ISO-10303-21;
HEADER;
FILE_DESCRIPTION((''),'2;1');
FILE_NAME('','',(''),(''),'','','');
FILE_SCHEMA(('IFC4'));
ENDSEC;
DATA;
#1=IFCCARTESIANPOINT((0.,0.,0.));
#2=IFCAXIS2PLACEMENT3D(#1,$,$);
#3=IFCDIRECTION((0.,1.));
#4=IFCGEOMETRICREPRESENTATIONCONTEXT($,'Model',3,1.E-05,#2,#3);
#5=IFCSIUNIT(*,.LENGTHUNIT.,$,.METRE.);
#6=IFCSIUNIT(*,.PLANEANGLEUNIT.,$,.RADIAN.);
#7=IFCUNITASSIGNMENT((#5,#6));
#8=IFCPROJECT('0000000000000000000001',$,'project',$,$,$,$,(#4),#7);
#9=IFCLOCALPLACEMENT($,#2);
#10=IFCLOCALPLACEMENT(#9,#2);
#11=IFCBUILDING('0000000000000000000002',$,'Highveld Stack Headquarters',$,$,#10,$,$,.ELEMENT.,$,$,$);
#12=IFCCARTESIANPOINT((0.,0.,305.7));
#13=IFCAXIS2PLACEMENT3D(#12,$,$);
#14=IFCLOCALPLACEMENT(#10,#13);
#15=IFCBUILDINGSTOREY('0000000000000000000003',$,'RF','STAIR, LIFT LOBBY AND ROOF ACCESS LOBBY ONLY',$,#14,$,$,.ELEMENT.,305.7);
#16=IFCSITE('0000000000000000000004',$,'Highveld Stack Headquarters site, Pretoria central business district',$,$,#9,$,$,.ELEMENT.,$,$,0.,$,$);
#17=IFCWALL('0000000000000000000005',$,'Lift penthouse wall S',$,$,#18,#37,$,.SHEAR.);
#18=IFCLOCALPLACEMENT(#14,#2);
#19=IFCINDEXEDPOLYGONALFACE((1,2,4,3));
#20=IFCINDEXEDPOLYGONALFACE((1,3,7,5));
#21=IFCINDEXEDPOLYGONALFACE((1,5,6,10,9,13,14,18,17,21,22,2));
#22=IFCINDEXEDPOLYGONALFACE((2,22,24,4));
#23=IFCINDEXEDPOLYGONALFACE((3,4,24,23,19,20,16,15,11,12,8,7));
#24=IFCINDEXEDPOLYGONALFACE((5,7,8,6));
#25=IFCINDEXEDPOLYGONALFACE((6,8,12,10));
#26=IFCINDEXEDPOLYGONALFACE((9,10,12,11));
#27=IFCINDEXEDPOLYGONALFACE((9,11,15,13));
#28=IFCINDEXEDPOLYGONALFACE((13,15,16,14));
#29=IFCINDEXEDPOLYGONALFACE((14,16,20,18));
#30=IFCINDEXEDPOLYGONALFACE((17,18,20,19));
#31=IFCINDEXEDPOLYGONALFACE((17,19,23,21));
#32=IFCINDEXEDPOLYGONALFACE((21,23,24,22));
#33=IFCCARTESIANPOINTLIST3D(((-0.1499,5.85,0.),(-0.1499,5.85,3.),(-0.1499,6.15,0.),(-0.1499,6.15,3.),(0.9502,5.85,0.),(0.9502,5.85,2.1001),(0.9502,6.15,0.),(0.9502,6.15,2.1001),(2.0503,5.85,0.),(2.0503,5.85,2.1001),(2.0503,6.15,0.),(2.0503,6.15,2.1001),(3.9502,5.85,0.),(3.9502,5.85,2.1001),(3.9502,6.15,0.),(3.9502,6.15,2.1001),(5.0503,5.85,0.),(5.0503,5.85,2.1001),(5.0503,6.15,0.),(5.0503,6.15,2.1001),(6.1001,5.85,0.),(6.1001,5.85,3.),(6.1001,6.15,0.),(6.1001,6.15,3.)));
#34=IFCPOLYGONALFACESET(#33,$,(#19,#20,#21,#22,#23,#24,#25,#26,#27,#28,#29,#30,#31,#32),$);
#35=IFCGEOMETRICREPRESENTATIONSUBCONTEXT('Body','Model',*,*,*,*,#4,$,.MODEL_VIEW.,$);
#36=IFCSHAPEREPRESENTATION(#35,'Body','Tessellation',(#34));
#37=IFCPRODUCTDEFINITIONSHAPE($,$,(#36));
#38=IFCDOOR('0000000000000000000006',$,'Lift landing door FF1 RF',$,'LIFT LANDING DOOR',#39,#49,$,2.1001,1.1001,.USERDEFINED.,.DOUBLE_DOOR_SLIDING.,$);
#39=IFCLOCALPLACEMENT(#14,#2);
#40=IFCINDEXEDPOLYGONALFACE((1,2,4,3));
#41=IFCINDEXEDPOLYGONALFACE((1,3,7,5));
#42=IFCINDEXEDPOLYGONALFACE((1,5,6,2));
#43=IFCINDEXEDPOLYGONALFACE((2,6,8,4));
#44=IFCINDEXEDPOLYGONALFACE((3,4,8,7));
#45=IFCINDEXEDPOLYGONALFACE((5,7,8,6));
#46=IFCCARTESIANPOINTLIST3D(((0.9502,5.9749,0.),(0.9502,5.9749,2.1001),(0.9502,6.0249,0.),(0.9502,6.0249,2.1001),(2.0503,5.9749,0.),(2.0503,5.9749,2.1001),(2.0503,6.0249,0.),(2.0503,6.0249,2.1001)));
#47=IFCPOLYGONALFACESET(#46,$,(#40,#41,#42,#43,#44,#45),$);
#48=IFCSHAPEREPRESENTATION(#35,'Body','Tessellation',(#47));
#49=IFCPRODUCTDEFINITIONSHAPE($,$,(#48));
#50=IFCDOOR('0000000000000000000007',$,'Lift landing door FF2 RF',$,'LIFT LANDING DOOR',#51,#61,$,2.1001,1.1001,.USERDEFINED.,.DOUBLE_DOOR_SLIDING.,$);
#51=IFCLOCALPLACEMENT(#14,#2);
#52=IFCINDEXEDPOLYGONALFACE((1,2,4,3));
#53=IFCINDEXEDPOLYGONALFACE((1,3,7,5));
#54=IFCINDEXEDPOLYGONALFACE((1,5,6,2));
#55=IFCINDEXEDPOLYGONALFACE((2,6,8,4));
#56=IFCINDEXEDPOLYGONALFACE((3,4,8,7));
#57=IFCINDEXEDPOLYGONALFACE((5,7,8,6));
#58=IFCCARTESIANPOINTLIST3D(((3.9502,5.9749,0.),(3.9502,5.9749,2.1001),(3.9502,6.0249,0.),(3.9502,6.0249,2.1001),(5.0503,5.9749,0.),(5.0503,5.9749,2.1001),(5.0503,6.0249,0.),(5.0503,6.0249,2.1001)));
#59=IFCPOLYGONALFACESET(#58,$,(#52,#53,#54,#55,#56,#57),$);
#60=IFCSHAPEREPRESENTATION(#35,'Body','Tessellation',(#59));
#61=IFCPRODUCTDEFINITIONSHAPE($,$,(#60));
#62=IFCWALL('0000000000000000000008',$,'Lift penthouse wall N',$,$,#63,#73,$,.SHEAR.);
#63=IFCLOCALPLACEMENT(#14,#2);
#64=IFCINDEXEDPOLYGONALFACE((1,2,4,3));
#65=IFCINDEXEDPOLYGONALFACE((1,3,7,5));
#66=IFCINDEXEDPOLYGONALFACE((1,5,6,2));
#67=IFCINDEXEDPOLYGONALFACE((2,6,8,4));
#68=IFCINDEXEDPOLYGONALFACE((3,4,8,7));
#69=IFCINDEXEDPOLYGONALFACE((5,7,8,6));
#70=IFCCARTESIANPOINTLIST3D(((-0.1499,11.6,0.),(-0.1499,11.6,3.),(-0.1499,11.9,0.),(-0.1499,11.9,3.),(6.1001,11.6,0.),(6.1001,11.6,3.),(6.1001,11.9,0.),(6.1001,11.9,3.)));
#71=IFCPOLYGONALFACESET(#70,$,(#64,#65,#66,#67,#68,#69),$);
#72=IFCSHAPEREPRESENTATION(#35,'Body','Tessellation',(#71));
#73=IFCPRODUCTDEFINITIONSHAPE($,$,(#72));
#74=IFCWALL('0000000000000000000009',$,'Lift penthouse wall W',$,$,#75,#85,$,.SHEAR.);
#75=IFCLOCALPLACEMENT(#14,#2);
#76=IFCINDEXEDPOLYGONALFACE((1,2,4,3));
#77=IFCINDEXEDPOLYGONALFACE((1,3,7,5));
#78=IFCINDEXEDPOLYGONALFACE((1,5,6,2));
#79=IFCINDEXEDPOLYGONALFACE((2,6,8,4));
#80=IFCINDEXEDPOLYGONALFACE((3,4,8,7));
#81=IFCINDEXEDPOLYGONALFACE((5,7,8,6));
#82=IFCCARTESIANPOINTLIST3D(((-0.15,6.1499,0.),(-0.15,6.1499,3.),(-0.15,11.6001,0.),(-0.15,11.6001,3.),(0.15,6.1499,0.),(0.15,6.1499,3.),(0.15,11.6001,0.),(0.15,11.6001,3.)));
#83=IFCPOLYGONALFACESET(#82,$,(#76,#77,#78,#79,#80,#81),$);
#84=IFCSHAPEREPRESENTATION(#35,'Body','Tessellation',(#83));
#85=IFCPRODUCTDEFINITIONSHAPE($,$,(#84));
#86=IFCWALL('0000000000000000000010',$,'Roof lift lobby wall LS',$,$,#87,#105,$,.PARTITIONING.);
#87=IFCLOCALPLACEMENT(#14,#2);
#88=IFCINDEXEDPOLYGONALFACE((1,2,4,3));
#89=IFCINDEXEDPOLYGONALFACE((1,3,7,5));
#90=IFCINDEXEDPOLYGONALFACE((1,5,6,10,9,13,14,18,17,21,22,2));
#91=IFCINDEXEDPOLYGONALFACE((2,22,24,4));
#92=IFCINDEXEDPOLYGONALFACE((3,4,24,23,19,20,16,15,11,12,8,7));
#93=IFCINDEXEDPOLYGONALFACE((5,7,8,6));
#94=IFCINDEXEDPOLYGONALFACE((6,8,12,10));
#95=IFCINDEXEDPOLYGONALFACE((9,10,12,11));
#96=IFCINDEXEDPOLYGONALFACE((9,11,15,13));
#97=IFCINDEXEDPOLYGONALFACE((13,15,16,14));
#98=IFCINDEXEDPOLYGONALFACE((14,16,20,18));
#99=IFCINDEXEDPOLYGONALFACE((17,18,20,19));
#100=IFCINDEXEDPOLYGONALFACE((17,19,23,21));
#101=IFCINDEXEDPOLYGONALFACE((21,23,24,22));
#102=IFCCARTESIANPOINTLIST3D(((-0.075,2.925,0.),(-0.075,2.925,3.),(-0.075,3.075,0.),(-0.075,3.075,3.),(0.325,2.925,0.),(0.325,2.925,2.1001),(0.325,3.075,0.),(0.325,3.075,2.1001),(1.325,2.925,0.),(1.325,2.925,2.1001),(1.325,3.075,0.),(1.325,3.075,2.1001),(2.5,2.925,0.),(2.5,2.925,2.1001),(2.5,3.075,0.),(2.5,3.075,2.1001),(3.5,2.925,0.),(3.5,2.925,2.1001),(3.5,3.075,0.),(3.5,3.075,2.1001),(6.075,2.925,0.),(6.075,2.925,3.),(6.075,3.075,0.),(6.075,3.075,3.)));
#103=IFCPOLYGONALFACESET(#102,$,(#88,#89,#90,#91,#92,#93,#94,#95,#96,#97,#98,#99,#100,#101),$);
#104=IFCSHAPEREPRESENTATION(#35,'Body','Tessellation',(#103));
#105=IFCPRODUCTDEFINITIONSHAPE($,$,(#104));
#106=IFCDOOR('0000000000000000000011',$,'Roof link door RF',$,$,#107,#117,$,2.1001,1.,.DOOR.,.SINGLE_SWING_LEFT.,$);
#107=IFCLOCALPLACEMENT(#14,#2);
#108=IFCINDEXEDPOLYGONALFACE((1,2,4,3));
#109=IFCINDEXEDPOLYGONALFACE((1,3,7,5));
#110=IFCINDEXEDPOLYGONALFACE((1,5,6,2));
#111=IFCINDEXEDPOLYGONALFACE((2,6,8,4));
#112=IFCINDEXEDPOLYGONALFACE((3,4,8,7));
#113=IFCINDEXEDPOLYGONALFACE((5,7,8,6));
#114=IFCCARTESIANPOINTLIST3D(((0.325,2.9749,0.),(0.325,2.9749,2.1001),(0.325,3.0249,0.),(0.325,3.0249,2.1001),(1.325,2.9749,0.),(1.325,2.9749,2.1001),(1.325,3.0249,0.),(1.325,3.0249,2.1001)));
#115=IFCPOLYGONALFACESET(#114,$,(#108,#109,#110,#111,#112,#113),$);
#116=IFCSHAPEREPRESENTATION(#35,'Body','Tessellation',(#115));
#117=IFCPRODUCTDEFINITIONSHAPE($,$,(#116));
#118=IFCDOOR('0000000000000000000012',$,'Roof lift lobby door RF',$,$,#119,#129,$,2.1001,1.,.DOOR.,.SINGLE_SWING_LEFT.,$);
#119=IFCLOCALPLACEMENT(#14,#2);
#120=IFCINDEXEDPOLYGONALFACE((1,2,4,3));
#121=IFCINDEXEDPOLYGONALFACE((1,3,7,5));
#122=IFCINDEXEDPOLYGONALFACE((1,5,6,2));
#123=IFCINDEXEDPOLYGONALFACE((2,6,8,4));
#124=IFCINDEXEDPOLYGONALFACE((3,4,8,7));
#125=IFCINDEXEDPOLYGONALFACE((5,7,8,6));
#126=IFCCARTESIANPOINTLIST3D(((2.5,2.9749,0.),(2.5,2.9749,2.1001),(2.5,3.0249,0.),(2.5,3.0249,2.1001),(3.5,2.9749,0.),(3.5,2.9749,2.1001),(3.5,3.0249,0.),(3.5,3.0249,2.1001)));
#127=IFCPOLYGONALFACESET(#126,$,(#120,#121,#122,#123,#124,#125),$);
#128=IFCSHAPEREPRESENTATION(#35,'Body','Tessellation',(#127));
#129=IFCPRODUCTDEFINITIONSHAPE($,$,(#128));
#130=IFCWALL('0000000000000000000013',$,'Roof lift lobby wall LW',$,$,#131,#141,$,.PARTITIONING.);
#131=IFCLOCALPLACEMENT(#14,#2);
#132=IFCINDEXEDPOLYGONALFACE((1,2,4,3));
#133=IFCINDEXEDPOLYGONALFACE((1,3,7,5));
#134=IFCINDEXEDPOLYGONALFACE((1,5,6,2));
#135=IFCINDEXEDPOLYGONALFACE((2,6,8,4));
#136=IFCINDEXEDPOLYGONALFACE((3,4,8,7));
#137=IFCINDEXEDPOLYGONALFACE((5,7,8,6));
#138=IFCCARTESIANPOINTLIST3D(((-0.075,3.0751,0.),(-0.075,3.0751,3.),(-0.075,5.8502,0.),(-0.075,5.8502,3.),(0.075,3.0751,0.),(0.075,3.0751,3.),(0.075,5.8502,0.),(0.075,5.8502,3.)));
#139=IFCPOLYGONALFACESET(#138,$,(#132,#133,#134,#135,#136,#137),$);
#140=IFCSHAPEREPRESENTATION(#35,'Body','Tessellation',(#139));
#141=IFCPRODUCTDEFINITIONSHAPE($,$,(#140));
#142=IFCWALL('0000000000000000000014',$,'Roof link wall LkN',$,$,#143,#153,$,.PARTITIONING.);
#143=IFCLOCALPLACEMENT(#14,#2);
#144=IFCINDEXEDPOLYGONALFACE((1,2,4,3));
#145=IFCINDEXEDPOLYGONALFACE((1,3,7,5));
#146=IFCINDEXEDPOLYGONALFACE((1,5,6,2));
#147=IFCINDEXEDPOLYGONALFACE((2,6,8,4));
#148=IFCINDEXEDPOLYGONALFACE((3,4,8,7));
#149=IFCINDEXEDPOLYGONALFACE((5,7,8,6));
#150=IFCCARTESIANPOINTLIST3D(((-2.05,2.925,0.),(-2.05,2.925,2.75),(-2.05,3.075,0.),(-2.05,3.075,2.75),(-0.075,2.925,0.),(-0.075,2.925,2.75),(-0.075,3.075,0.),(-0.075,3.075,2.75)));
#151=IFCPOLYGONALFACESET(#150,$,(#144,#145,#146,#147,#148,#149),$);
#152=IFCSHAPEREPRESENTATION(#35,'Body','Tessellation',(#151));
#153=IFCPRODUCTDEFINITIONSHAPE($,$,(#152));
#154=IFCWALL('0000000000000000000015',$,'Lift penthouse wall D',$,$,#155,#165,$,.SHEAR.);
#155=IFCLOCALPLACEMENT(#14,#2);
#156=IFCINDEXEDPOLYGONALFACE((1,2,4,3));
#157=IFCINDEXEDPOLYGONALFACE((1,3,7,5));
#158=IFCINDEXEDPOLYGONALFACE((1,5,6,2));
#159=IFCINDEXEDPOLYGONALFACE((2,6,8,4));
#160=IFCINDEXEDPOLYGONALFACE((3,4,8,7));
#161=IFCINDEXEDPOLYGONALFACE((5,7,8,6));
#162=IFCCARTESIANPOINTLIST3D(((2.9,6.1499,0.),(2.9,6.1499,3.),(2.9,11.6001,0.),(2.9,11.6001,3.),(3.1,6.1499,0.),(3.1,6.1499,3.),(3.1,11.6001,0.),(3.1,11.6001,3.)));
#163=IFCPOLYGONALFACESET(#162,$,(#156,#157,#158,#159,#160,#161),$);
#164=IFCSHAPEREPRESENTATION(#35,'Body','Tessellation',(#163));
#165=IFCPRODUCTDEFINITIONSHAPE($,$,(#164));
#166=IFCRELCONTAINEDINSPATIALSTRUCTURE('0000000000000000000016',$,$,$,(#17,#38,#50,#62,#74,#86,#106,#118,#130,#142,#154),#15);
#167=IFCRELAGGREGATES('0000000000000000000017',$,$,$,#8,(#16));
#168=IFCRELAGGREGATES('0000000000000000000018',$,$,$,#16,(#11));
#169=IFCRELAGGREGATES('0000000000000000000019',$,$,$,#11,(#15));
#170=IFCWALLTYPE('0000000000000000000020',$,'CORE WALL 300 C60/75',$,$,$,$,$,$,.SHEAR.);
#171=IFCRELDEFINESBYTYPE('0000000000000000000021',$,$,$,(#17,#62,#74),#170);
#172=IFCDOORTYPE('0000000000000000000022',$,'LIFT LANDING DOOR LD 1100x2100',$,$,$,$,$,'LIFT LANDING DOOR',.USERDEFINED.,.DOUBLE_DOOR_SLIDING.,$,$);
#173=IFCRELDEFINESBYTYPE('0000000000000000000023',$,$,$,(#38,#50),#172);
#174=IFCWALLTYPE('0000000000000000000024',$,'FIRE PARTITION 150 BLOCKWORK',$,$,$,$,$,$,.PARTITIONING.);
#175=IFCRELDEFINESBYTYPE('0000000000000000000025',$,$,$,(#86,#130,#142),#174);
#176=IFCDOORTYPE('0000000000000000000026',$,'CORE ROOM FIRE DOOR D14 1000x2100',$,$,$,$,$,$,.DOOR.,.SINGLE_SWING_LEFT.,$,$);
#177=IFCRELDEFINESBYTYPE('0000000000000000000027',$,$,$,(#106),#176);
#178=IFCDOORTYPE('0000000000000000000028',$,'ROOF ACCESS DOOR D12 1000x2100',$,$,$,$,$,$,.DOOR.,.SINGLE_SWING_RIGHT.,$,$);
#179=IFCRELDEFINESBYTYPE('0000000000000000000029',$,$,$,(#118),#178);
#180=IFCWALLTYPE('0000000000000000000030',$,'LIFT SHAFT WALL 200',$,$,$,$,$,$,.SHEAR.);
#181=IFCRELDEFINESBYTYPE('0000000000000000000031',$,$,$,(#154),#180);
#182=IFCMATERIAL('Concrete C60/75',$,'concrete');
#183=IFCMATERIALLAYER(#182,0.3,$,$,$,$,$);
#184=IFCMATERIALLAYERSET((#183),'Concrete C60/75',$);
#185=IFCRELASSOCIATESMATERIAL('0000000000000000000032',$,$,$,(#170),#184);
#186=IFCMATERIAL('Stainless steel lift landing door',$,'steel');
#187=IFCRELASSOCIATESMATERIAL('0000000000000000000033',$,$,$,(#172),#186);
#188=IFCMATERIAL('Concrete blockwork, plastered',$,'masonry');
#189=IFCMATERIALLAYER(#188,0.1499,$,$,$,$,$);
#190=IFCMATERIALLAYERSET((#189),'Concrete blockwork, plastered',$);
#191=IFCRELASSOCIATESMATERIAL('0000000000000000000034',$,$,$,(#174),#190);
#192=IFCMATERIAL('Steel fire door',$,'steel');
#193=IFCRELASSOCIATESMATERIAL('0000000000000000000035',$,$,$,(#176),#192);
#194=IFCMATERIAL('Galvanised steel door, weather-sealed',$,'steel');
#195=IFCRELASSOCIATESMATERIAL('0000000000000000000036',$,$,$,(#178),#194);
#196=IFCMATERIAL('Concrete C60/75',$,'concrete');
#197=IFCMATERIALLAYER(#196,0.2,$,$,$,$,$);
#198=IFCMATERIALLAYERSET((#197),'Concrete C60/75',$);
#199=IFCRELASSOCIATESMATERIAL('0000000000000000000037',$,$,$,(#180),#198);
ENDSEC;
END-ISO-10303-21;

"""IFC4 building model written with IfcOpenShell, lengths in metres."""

from ifc_helpers import new_model, si_unit, direction, frame, frame_2d, origin, place, context, subcontext, project, spatial, rectangle, extrude, material, layer, layer_set, type_object, element, fill, save


model = new_model("IFC4")

# Units and contexts
model_context = context("Model", 3, precision=1e-05, world=origin(), true_north=direction((0.0, 1.0)))
body_context = subcontext(model_context, "Body", "Model", "MODEL_VIEW")
ifc_project = project(units=[si_unit("LENGTHUNIT", "METRE"), si_unit("PLANEANGLEUNIT", "RADIAN")], contexts=[model_context])

# Site, building, storey
site_placement = place(None, origin())
site = spatial("IfcSite", under=ifc_project, at=site_placement, Name="Highveld Stack Headquarters site, Pretoria central business district", CompositionType="ELEMENT", RefElevation=0.0)
building_placement = place(site_placement, origin())
building = spatial("IfcBuilding", under=site, at=building_placement, Name="Highveld Stack Headquarters", CompositionType="ELEMENT")
storey_placement = place(building_placement, frame((0.0, 0.0, 305.7)))
storey = spatial("IfcBuildingStorey", under=building, at=storey_placement, Name="RF", Description="STAIR, LIFT LOBBY AND ROOF ACCESS LOBBY ONLY", CompositionType="ELEMENT", Elevation=305.7)

# Wall, openings, doors
ifc_material_1 = material(Name="Concrete C60/75", Category="concrete")
ifc_layer_1 = layer(ifc_material_1, 0.3)
ifc_layer_set_1 = layer_set([ifc_layer_1], Name="Concrete C60/75")
wall_type_1 = type_object("IfcWallType", Name="CORE WALL 300 C60/75", PredefinedType="SHEAR", material=ifc_layer_set_1)
wall_1_placement = place(storey_placement, frame((-0.1499, 6.0, 0.0), z_axis=(0.0, 0.0, 1.0), x_axis=(1.0, 0.0, 0.0)))
wall_1 = element("IfcWall", 1, at=wall_1_placement, inside=storey, type_object=wall_type_1, Name="Lift penthouse wall S", PredefinedType="SHEAR", context=body_context, shape_type="SweptSolid", body=[
    extrude(rectangle(XDim=6.25, YDim=0.3, at=frame_2d((3.125, 0.0))), origin(), (0.0, 0.0, 1.0), 3.0),
])
opening_1_placement = place(wall_1_placement, frame((1.1001, 0.0, 0.0)))
opening_1 = element("IfcOpeningElement", 2, at=opening_1_placement, cuts=wall_1, PredefinedType="OPENING", context=body_context, shape_type="SweptSolid", body=[
    extrude(rectangle(XDim=1.1001, YDim=2.1001, at=frame_2d((0.55, 1.05))), frame((0.0, 0.1599, 0.0), z_axis=(0.0, -1.0, 0.0), x_axis=(1.0, 0.0, 0.0)), (0.0, 0.0, 1.0), 0.3201),
])
opening_2_placement = place(wall_1_placement, frame((4.1001, 0.0, 0.0)))
opening_2 = element("IfcOpeningElement", 3, at=opening_2_placement, cuts=wall_1, PredefinedType="OPENING", context=body_context, shape_type="SweptSolid", body=[
    extrude(rectangle(XDim=1.1001, YDim=2.1001, at=frame_2d((0.55, 1.05))), frame((0.0, 0.1599, 0.0), z_axis=(0.0, -1.0, 0.0), x_axis=(1.0, 0.0, 0.0)), (0.0, 0.0, 1.0), 0.3201),
])
ifc_material_2 = material(Name="Stainless steel lift landing door", Category="steel")
door_type_1 = type_object("IfcDoorType", Name="LIFT LANDING DOOR LD 1100x2100", ElementType="LIFT LANDING DOOR", OperationType="DOUBLE_DOOR_SLIDING", PredefinedType="USERDEFINED", material=ifc_material_2)
door_1_placement = place(opening_1_placement, origin())
door_1 = element("IfcDoor", 4, at=door_1_placement, inside=storey, type_object=door_type_1, Name="Lift landing door FF1 RF", ObjectType="LIFT LANDING DOOR", OperationType="DOUBLE_DOOR_SLIDING", OverallHeight=2.1001, OverallWidth=1.1001, PredefinedType="USERDEFINED", context=body_context, shape_type="SweptSolid", body=[
    extrude(rectangle(XDim=1.1001, YDim=2.1001, at=frame_2d((0.55, 1.05))), frame((0.0, 0.0249, 0.0), z_axis=(0.0, -1.0, 0.0), x_axis=(1.0, 0.0, 0.0)), (0.0, 0.0, 1.0), 0.05),
])
fill(opening_1, door_1)
door_2_placement = place(opening_2_placement, origin())
door_2 = element("IfcDoor", 5, at=door_2_placement, inside=storey, type_object=door_type_1, Name="Lift landing door FF2 RF", ObjectType="LIFT LANDING DOOR", OperationType="DOUBLE_DOOR_SLIDING", OverallHeight=2.1001, OverallWidth=1.1001, PredefinedType="USERDEFINED", context=body_context, shape_type="SweptSolid", body=[
    extrude(rectangle(XDim=1.1001, YDim=2.1001, at=frame_2d((0.55, 1.05))), frame((0.0, 0.0249, 0.0), z_axis=(0.0, -1.0, 0.0), x_axis=(1.0, 0.0, 0.0)), (0.0, 0.0, 1.0), 0.05),
])
fill(opening_2, door_2)

# Walls
wall_2_placement = place(storey_placement, frame((-0.1499, 11.75, 0.0), z_axis=(0.0, 0.0, 1.0), x_axis=(1.0, 0.0, 0.0)))
element("IfcWall", 6, at=wall_2_placement, inside=storey, type_object=wall_type_1, Name="Lift penthouse wall N", PredefinedType="SHEAR", context=body_context, shape_type="SweptSolid", body=[
    extrude(rectangle(XDim=6.25, YDim=0.3, at=frame_2d((3.125, 0.0))), origin(), (0.0, 0.0, 1.0), 3.0),
])
wall_3_placement = place(storey_placement, frame((0.0, 6.1499, 0.0), z_axis=(0.0, 0.0, 1.0), x_axis=(0.0, 1.0, 0.0)))
element("IfcWall", 7, at=wall_3_placement, inside=storey, type_object=wall_type_1, Name="Lift penthouse wall W", PredefinedType="SHEAR", context=body_context, shape_type="SweptSolid", body=[
    extrude(rectangle(XDim=5.4502, YDim=0.3, at=frame_2d((2.7251, 0.0))), origin(), (0.0, 0.0, 1.0), 3.0),
])

# Wall, openings, doors
ifc_material_3 = material(Name="Concrete blockwork, plastered", Category="masonry")
ifc_layer_2 = layer(ifc_material_3, 0.1499)
ifc_layer_set_2 = layer_set([ifc_layer_2], Name="Concrete blockwork, plastered")
wall_type_2 = type_object("IfcWallType", Name="FIRE PARTITION 150 BLOCKWORK", PredefinedType="PARTITIONING", material=ifc_layer_set_2)
wall_4_placement = place(storey_placement, frame((-0.075, 3.0, 0.0), z_axis=(0.0, 0.0, 1.0), x_axis=(1.0, 0.0, 0.0)))
wall_4 = element("IfcWall", 8, at=wall_4_placement, inside=storey, type_object=wall_type_2, Name="Roof lift lobby wall LS", PredefinedType="PARTITIONING", context=body_context, shape_type="SweptSolid", body=[
    extrude(rectangle(XDim=6.1499, YDim=0.1499, at=frame_2d((3.075, 0.0))), origin(), (0.0, 0.0, 1.0), 3.0),
])
opening_3_placement = place(wall_4_placement, frame((2.575, 0.0, 0.0)))
opening_3 = element("IfcOpeningElement", 9, at=opening_3_placement, cuts=wall_4, PredefinedType="OPENING", context=body_context, shape_type="SweptSolid", body=[
    extrude(rectangle(XDim=1.0, YDim=2.1001, at=frame_2d((0.5, 1.05))), frame((0.0, 0.085, 0.0), z_axis=(0.0, -1.0, 0.0), x_axis=(1.0, 0.0, 0.0)), (0.0, 0.0, 1.0), 0.1699),
])
opening_4_placement = place(wall_4_placement, frame((0.3999, 0.0, 0.0)))
opening_4 = element("IfcOpeningElement", 10, at=opening_4_placement, cuts=wall_4, PredefinedType="OPENING", context=body_context, shape_type="SweptSolid", body=[
    extrude(rectangle(XDim=1.0, YDim=2.1001, at=frame_2d((0.5, 1.05))), frame((0.0, 0.085, 0.0), z_axis=(0.0, -1.0, 0.0), x_axis=(1.0, 0.0, 0.0)), (0.0, 0.0, 1.0), 0.1699),
])
ifc_material_4 = material(Name="Steel fire door", Category="steel")
door_type_2 = type_object("IfcDoorType", Name="CORE ROOM FIRE DOOR D14 1000x2100", OperationType="SINGLE_SWING_LEFT", PredefinedType="DOOR", material=ifc_material_4)
door_3_placement = place(opening_4_placement, origin())
door_3 = element("IfcDoor", 11, at=door_3_placement, inside=storey, type_object=door_type_2, Name="Roof link door RF", OperationType="SINGLE_SWING_LEFT", OverallHeight=2.1001, OverallWidth=1.0, PredefinedType="DOOR", context=body_context, shape_type="SweptSolid", body=[
    extrude(rectangle(XDim=1.0, YDim=2.1001, at=frame_2d((0.5, 1.05))), frame((0.0, 0.0249, 0.0), z_axis=(0.0, -1.0, 0.0), x_axis=(1.0, 0.0, 0.0)), (0.0, 0.0, 1.0), 0.05),
])
fill(opening_4, door_3)
ifc_material_5 = material(Name="Galvanised steel door, weather-sealed", Category="steel")
door_type_3 = type_object("IfcDoorType", Name="ROOF ACCESS DOOR D12 1000x2100", OperationType="SINGLE_SWING_RIGHT", PredefinedType="DOOR", material=ifc_material_5)
door_4_placement = place(opening_3_placement, origin())
door_4 = element("IfcDoor", 12, at=door_4_placement, inside=storey, type_object=door_type_3, Name="Roof lift lobby door RF", OperationType="SINGLE_SWING_LEFT", OverallHeight=2.1001, OverallWidth=1.0, PredefinedType="DOOR", context=body_context, shape_type="SweptSolid", body=[
    extrude(rectangle(XDim=1.0, YDim=2.1001, at=frame_2d((0.5, 1.05))), frame((0.0, 0.0249, 0.0), z_axis=(0.0, -1.0, 0.0), x_axis=(1.0, 0.0, 0.0)), (0.0, 0.0, 1.0), 0.05),
])
fill(opening_3, door_4)

# Walls
wall_5_placement = place(storey_placement, frame((0.0, 3.075, 0.0), z_axis=(0.0, 0.0, 1.0), x_axis=(0.0, 1.0, 0.0)))
element("IfcWall", 13, at=wall_5_placement, inside=storey, type_object=wall_type_2, Name="Roof lift lobby wall LW", PredefinedType="PARTITIONING", context=body_context, shape_type="SweptSolid", body=[
    extrude(rectangle(XDim=2.7751, YDim=0.1499, at=frame_2d((1.3877, 0.0))), origin(), (0.0, 0.0, 1.0), 3.0),
])
wall_6_placement = place(storey_placement, frame((-2.05, 3.0, 0.0), z_axis=(0.0, 0.0, 1.0), x_axis=(1.0, 0.0, 0.0)))
element("IfcWall", 14, at=wall_6_placement, inside=storey, type_object=wall_type_2, Name="Roof link wall LkN", PredefinedType="PARTITIONING", context=body_context, shape_type="SweptSolid", body=[
    extrude(rectangle(XDim=1.9751, YDim=0.1499, at=frame_2d((0.9875, 0.0))), origin(), (0.0, 0.0, 1.0), 2.75),
])
ifc_material_6 = material(Name="Concrete C60/75", Category="concrete")
ifc_layer_3 = layer(ifc_material_6, 0.2)
ifc_layer_set_3 = layer_set([ifc_layer_3], Name="Concrete C60/75")
wall_type_3 = type_object("IfcWallType", Name="LIFT SHAFT WALL 200", PredefinedType="SHEAR", material=ifc_layer_set_3)
wall_7_placement = place(storey_placement, frame((3.0, 6.1499, 0.0), z_axis=(0.0, 0.0, 1.0), x_axis=(0.0, 1.0, 0.0)))
element("IfcWall", 15, at=wall_7_placement, inside=storey, type_object=wall_type_3, Name="Lift penthouse wall D", PredefinedType="SHEAR", context=body_context, shape_type="SweptSolid", body=[
    extrude(rectangle(XDim=5.4502, YDim=0.2, at=frame_2d((2.7251, 0.0))), origin(), (0.0, 0.0, 1.0), 3.0),
])

save(model, "model.ifc")
